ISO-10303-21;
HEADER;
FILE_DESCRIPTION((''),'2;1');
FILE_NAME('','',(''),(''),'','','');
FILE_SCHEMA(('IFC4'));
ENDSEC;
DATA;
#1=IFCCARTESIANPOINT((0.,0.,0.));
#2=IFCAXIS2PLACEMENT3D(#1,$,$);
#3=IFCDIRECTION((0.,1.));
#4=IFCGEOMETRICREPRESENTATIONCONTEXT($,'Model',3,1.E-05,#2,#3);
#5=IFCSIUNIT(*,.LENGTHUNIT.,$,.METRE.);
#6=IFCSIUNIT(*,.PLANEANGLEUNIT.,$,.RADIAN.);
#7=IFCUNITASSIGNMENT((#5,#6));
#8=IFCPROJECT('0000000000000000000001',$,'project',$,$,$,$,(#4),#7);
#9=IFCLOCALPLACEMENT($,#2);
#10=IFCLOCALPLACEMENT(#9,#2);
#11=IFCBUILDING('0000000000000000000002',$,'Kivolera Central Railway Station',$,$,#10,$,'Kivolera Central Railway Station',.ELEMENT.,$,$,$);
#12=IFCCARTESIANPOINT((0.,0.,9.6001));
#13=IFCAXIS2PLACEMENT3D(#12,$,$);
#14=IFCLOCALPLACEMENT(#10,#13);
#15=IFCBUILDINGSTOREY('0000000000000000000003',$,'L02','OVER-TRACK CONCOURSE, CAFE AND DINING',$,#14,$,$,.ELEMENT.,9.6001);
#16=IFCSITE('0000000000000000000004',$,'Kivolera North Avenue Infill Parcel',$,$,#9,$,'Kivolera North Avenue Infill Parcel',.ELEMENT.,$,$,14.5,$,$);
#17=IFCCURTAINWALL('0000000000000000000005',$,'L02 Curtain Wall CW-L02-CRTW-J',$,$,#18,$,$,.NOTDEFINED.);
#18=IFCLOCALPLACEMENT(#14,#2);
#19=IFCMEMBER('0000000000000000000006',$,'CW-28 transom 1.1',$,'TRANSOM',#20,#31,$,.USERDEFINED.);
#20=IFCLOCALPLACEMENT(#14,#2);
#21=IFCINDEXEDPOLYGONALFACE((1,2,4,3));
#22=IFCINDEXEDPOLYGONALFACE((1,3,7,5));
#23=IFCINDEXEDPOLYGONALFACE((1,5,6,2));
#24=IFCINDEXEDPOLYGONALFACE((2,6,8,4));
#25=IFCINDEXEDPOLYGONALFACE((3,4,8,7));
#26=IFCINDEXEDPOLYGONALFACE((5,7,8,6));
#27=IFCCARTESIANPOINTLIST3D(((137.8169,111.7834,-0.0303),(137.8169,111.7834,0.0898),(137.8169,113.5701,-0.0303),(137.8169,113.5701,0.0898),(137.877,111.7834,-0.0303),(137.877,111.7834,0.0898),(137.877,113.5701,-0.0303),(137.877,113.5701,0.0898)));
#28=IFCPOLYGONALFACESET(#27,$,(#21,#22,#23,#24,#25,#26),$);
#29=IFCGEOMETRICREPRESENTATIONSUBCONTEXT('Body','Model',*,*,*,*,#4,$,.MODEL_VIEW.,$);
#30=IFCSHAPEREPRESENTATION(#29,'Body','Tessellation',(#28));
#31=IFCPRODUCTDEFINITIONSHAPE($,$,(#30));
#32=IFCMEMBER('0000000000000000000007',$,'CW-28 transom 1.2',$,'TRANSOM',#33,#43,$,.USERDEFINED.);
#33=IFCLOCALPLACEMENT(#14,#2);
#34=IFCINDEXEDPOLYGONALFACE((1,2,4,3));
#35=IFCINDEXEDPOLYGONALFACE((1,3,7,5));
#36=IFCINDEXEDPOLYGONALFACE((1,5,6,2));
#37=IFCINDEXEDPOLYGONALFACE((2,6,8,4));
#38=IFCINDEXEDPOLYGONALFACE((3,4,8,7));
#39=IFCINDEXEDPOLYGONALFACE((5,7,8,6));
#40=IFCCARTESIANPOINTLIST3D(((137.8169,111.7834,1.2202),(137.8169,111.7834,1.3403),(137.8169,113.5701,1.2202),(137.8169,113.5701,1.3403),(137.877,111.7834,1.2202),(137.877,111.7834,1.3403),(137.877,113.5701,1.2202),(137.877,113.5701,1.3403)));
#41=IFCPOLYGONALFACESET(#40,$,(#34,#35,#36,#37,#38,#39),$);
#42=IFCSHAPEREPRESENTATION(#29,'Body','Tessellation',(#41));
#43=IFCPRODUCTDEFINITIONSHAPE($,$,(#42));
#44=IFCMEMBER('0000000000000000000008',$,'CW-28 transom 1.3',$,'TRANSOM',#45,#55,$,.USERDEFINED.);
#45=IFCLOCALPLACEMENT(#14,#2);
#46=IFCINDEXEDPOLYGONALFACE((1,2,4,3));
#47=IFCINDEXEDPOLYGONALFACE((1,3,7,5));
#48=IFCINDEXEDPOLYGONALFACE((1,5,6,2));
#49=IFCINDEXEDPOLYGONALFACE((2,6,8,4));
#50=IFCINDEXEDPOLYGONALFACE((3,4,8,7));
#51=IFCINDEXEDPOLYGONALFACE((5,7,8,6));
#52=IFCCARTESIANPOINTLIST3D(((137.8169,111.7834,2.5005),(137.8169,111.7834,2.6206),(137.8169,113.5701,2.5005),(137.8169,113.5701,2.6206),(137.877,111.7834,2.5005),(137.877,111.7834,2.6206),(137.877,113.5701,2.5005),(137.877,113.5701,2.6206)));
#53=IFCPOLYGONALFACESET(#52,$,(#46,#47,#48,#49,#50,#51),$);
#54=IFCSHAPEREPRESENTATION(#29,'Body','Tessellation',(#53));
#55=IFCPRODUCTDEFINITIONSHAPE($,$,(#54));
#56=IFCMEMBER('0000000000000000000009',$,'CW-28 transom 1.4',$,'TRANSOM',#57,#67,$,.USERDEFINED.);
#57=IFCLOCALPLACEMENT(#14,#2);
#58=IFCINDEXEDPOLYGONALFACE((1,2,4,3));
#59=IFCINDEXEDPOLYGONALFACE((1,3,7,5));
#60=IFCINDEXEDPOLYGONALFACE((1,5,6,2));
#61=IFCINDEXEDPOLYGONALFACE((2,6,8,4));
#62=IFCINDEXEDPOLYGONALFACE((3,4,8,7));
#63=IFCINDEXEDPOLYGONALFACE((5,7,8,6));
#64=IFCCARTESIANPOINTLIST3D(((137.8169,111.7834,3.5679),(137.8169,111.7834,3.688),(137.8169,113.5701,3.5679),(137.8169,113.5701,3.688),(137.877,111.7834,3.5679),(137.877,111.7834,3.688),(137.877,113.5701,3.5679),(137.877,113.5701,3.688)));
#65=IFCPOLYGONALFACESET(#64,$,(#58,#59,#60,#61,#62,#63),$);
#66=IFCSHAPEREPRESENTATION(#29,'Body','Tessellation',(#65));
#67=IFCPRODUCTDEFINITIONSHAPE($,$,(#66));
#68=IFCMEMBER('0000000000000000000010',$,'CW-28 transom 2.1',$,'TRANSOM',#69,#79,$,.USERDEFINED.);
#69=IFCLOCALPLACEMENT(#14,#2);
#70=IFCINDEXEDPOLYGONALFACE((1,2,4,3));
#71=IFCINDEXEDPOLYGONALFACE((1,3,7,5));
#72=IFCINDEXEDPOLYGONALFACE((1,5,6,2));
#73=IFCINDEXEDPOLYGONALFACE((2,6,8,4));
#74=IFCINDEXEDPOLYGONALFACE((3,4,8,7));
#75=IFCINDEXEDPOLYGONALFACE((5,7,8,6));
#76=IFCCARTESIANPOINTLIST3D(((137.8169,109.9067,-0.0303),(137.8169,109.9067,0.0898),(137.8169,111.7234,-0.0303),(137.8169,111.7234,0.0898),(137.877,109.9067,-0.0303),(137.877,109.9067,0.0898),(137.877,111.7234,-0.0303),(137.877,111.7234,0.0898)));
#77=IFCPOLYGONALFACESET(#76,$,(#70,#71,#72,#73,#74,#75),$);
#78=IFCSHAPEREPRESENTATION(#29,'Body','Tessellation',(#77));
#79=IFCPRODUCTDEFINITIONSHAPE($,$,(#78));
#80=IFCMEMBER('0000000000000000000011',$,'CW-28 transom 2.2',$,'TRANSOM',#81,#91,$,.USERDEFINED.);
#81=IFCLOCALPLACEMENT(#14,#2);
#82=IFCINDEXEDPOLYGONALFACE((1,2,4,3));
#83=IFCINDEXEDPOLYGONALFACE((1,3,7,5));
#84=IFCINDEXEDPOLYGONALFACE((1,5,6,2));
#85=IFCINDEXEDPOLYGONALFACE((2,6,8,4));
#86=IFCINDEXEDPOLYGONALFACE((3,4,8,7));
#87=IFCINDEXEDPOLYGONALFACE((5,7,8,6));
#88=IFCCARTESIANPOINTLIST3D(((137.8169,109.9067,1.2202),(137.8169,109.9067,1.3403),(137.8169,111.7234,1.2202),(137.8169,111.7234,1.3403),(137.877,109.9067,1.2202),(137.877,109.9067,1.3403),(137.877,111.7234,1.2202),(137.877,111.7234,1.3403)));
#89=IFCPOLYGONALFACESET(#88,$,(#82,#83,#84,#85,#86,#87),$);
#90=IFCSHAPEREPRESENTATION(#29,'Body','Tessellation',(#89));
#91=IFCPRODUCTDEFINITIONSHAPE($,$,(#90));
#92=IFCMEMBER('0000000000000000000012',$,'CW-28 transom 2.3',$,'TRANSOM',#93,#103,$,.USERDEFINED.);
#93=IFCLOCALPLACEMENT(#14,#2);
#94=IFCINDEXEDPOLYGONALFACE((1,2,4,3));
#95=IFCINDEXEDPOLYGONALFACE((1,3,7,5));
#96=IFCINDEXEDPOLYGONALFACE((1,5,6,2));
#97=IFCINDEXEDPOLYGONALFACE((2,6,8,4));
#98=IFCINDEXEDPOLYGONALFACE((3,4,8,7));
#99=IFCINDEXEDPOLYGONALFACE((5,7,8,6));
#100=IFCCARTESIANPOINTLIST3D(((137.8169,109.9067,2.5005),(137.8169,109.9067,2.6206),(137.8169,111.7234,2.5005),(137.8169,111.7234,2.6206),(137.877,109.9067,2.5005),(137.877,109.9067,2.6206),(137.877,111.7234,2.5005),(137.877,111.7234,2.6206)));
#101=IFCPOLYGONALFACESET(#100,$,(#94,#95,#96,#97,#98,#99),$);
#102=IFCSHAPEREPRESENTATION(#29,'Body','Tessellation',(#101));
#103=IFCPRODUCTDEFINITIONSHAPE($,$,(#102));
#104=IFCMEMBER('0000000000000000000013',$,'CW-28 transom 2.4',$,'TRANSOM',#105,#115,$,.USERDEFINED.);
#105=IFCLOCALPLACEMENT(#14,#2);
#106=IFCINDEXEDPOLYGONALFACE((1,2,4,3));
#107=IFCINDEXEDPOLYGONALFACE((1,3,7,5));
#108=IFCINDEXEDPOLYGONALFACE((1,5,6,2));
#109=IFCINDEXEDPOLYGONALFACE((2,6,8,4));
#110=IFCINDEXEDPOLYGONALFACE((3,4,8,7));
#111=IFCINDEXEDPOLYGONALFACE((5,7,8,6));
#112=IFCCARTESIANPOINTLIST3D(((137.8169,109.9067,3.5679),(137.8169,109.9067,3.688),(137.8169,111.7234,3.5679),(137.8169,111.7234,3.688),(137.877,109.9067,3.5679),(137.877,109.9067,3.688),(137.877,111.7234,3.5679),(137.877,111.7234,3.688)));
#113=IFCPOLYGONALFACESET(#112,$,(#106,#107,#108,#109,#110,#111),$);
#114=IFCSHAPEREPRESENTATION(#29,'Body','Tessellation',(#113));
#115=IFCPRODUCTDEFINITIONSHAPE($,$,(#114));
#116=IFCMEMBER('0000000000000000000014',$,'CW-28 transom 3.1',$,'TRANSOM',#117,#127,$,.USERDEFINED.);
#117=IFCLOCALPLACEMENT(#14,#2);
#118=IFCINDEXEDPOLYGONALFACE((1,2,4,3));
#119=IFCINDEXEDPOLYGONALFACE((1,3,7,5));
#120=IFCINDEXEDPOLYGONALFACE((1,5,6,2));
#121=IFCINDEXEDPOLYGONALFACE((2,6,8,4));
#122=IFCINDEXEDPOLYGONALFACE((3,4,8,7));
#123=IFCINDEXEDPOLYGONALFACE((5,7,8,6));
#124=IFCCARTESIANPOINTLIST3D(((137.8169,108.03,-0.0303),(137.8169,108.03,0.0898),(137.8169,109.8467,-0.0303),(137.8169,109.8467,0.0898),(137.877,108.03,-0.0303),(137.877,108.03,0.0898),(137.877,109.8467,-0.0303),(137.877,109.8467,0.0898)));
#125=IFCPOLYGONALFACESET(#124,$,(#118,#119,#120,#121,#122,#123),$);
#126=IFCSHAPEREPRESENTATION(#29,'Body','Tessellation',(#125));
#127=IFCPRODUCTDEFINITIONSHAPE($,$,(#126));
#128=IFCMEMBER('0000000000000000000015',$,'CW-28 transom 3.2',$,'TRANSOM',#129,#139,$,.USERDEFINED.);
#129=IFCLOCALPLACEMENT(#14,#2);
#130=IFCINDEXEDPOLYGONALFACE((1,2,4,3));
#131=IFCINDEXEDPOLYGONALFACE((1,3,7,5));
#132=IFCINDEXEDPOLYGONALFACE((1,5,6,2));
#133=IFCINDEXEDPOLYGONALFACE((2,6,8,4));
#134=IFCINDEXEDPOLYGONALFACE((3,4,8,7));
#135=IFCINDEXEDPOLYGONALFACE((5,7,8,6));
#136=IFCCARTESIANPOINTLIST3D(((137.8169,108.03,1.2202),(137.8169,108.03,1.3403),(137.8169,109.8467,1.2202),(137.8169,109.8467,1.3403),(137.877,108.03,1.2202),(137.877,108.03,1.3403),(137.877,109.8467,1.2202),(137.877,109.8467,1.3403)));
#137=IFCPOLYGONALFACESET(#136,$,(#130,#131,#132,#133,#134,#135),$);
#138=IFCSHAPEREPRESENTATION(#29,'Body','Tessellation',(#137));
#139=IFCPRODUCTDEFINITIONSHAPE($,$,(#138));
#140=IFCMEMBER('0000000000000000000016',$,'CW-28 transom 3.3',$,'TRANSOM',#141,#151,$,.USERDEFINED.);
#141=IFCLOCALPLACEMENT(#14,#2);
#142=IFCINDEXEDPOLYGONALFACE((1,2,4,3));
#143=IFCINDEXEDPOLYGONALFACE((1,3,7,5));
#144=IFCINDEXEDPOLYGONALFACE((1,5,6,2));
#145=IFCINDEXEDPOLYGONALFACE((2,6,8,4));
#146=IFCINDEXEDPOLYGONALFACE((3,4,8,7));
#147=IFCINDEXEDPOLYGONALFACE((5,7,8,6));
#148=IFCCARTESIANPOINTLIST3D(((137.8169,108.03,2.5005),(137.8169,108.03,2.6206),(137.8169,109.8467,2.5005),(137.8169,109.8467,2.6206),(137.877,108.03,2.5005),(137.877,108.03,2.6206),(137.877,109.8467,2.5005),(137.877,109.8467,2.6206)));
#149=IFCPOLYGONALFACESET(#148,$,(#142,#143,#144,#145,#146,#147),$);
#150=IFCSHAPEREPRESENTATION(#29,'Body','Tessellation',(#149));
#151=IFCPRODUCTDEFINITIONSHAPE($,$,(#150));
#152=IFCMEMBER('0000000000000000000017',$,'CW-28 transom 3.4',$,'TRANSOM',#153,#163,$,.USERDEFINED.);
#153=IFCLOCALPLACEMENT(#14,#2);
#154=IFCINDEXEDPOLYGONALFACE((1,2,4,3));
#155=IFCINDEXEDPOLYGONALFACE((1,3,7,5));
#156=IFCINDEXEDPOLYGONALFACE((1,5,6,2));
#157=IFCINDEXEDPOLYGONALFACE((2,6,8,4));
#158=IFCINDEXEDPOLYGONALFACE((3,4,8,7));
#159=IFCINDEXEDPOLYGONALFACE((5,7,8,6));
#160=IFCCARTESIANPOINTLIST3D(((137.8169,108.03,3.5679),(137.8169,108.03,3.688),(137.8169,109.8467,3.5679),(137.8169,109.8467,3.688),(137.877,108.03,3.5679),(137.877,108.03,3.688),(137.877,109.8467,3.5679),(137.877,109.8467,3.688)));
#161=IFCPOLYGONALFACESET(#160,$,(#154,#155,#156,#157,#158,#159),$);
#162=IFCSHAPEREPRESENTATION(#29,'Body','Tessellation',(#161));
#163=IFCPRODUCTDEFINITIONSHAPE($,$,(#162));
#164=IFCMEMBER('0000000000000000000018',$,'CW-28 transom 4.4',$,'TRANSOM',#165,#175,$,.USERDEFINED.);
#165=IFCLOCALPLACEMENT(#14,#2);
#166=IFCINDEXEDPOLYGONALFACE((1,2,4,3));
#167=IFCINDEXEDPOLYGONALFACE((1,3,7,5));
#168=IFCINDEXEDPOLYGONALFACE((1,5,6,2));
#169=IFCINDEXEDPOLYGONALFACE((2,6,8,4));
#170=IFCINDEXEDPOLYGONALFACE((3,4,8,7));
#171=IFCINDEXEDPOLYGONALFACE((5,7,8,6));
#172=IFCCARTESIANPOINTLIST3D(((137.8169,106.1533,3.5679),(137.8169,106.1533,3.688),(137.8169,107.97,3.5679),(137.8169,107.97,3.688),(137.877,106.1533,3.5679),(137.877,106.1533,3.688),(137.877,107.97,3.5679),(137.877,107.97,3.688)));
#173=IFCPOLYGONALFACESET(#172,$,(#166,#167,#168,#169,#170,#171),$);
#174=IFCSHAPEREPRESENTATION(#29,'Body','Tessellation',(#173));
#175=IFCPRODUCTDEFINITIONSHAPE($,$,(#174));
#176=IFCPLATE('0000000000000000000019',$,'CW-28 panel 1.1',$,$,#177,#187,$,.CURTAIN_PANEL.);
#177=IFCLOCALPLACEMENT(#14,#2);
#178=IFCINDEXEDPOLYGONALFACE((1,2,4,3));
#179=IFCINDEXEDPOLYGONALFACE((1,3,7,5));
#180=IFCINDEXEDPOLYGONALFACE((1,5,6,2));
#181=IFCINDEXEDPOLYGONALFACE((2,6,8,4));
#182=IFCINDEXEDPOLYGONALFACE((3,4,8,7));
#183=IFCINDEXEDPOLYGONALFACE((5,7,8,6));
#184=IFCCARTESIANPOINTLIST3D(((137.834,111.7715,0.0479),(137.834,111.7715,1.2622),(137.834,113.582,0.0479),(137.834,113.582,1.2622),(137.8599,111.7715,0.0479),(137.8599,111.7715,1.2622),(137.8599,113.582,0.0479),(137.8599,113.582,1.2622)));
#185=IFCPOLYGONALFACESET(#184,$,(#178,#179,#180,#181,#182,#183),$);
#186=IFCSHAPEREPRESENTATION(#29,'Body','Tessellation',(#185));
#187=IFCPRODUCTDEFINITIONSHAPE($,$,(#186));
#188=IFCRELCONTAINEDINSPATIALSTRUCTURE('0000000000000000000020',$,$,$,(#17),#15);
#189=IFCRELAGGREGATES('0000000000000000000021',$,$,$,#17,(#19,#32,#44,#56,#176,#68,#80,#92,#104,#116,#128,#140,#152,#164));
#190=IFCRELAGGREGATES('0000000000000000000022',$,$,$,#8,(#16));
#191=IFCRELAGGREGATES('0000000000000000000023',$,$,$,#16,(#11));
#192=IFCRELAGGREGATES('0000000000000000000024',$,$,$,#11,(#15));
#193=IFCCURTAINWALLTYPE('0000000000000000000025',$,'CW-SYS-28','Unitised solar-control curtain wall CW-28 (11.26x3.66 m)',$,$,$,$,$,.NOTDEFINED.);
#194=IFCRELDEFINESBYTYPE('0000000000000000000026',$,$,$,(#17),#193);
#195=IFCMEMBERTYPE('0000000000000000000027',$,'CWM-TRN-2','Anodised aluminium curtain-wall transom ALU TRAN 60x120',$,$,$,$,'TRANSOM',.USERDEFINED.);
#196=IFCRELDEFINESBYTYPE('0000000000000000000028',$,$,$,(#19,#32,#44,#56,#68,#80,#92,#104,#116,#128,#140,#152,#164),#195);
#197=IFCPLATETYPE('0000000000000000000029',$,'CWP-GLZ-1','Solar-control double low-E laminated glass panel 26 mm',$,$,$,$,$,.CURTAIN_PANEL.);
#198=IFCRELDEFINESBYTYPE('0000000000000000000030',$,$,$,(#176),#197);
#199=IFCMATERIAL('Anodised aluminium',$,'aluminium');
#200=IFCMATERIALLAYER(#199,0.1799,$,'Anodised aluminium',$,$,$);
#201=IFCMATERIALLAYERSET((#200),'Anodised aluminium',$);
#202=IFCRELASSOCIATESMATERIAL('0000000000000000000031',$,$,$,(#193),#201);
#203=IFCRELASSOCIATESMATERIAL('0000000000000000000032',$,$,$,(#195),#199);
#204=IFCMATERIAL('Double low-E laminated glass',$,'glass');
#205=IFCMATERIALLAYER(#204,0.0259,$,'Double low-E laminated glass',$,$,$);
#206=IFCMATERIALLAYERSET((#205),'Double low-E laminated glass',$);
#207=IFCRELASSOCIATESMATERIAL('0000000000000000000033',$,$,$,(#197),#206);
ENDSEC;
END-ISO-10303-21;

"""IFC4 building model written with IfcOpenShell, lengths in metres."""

from ifc_helpers import new_model, si_unit, direction, frame, origin, origin_2d, place, context, subcontext, project, spatial, rectangle, extrude, material, layer, layer_set, material_profile, profile_set, type_object, element, aggregate, save


model = new_model("IFC4")

# Units and contexts
model_context = context("Model", 3, precision=1e-05, world=origin(), true_north=direction((0.0, 1.0)))
body_context = subcontext(model_context, "Body", "Model", "MODEL_VIEW")
ifc_project = project(units=[si_unit("LENGTHUNIT", "METRE"), si_unit("PLANEANGLEUNIT", "RADIAN")], contexts=[model_context])

# Site, building, storey
site_placement = place(None, origin())
site = spatial("IfcSite", under=ifc_project, at=site_placement, Name="Kivolera North Avenue Infill Parcel", LongName="Kivolera North Avenue Infill Parcel", CompositionType="ELEMENT", RefElevation=14.5)
building_placement = place(site_placement, origin())
building = spatial("IfcBuilding", under=site, at=building_placement, Name="Kivolera Central Railway Station", LongName="Kivolera Central Railway Station", CompositionType="ELEMENT")
storey_placement = place(building_placement, frame((0.0, 0.0, 9.6001)))
storey = spatial("IfcBuildingStorey", under=building, at=storey_placement, Name="L02", Description="OVER-TRACK CONCOURSE, CAFE AND DINING", CompositionType="ELEMENT", Elevation=9.6001)

# Shared definitions
ifc_material_1 = material(Name="Anodised aluminium", Category="aluminium")

# Curtain wall, members, plate
ifc_layer_1 = layer(ifc_material_1, 0.1799, Name="Anodised aluminium")
ifc_layer_set_1 = layer_set([ifc_layer_1], Name="Anodised aluminium")
curtain_wall_type_1 = type_object("IfcCurtainWallType", Name="CW-SYS-28", Description="Unitised solar-control curtain wall CW-28 (11.26x3.66 m)", PredefinedType="NOTDEFINED", material=ifc_layer_set_1)
curtain_wall_1_placement = place(storey_placement, origin())
curtain_wall_1 = element("IfcCurtainWall", 1, at=curtain_wall_1_placement, inside=storey, type_object=curtain_wall_type_1, Name="L02 Curtain Wall CW-L02-CRTW-J", PredefinedType="NOTDEFINED")
ifc_material_profile_1 = material_profile(ifc_material_1, rectangle(XDim=0.0601, YDim=0.1201, at=origin_2d()), Name="ALU TRAN 60x120")
ifc_profile_set_1 = profile_set([ifc_material_profile_1], Name="Anodised aluminium")
member_type_1 = type_object("IfcMemberType", Name="CWM-TRN-2", Description="Anodised aluminium curtain-wall transom ALU TRAN 60x120", ElementType="TRANSOM", PredefinedType="USERDEFINED", material=ifc_profile_set_1)
member_1_placement = place(storey_placement, frame((137.8469, 113.5701, 0.0298), z_axis=(0.0, -1.0, 0.0), x_axis=(1.0, 0.0, 0.0)))
member_1 = element("IfcMember", 2, at=member_1_placement, type_object=member_type_1, Name="CW-28 transom 1.1", ObjectType="TRANSOM", PredefinedType="USERDEFINED", context=body_context, shape_type="SweptSolid", body=[
    extrude(rectangle(XDim=0.0601, YDim=0.1201, at=origin_2d()), origin(), (0.0, 0.0, 1.0), 1.7866),
])
member_2_placement = place(storey_placement, frame((137.8469, 113.5701, 1.2803), z_axis=(0.0, -1.0, 0.0), x_axis=(1.0, 0.0, 0.0)))
member_2 = element("IfcMember", 3, at=member_2_placement, type_object=member_type_1, Name="CW-28 transom 1.2", ObjectType="TRANSOM", PredefinedType="USERDEFINED", context=body_context, shape_type="SweptSolid", body=[
    extrude(rectangle(XDim=0.0601, YDim=0.1201, at=origin_2d()), origin(), (0.0, 0.0, 1.0), 1.7866),
])
member_3_placement = place(storey_placement, frame((137.8469, 113.5701, 2.5605), z_axis=(0.0, -1.0, 0.0), x_axis=(1.0, 0.0, 0.0)))
member_3 = element("IfcMember", 4, at=member_3_placement, type_object=member_type_1, Name="CW-28 transom 1.3", ObjectType="TRANSOM", PredefinedType="USERDEFINED", context=body_context, shape_type="SweptSolid", body=[
    extrude(rectangle(XDim=0.0601, YDim=0.1201, at=origin_2d()), origin(), (0.0, 0.0, 1.0), 1.7866),
])
member_4_placement = place(storey_placement, frame((137.8469, 113.5701, 3.6279), z_axis=(0.0, -1.0, 0.0), x_axis=(1.0, 0.0, 0.0)))
member_4 = element("IfcMember", 5, at=member_4_placement, type_object=member_type_1, Name="CW-28 transom 1.4", ObjectType="TRANSOM", PredefinedType="USERDEFINED", context=body_context, shape_type="SweptSolid", body=[
    extrude(rectangle(XDim=0.0601, YDim=0.1201, at=origin_2d()), origin(), (0.0, 0.0, 1.0), 1.7866),
])
member_5_placement = place(storey_placement, frame((137.8469, 111.7234, 0.0298), z_axis=(0.0, -1.0, 0.0), x_axis=(1.0, 0.0, 0.0)))
member_5 = element("IfcMember", 6, at=member_5_placement, type_object=member_type_1, Name="CW-28 transom 2.1", ObjectType="TRANSOM", PredefinedType="USERDEFINED", context=body_context, shape_type="SweptSolid", body=[
    extrude(rectangle(XDim=0.0601, YDim=0.1201, at=origin_2d()), origin(), (0.0, 0.0, 1.0), 1.8167),
])
member_6_placement = place(storey_placement, frame((137.8469, 111.7234, 1.2803), z_axis=(0.0, -1.0, 0.0), x_axis=(1.0, 0.0, 0.0)))
member_6 = element("IfcMember", 7, at=member_6_placement, type_object=member_type_1, Name="CW-28 transom 2.2", ObjectType="TRANSOM", PredefinedType="USERDEFINED", context=body_context, shape_type="SweptSolid", body=[
    extrude(rectangle(XDim=0.0601, YDim=0.1201, at=origin_2d()), origin(), (0.0, 0.0, 1.0), 1.8167),
])
member_7_placement = place(storey_placement, frame((137.8469, 111.7234, 2.5605), z_axis=(0.0, -1.0, 0.0), x_axis=(1.0, 0.0, 0.0)))
member_7 = element("IfcMember", 8, at=member_7_placement, type_object=member_type_1, Name="CW-28 transom 2.3", ObjectType="TRANSOM", PredefinedType="USERDEFINED", context=body_context, shape_type="SweptSolid", body=[
    extrude(rectangle(XDim=0.0601, YDim=0.1201, at=origin_2d()), origin(), (0.0, 0.0, 1.0), 1.8167),
])
member_8_placement = place(storey_placement, frame((137.8469, 111.7234, 3.6279), z_axis=(0.0, -1.0, 0.0), x_axis=(1.0, 0.0, 0.0)))
member_8 = element("IfcMember", 9, at=member_8_placement, type_object=member_type_1, Name="CW-28 transom 2.4", ObjectType="TRANSOM", PredefinedType="USERDEFINED", context=body_context, shape_type="SweptSolid", body=[
    extrude(rectangle(XDim=0.0601, YDim=0.1201, at=origin_2d()), origin(), (0.0, 0.0, 1.0), 1.8167),
])
member_9_placement = place(storey_placement, frame((137.8469, 109.8467, 0.0298), z_axis=(0.0, -1.0, 0.0), x_axis=(1.0, 0.0, 0.0)))
member_9 = element("IfcMember", 10, at=member_9_placement, type_object=member_type_1, Name="CW-28 transom 3.1", ObjectType="TRANSOM", PredefinedType="USERDEFINED", context=body_context, shape_type="SweptSolid", body=[
    extrude(rectangle(XDim=0.0601, YDim=0.1201, at=origin_2d()), origin(), (0.0, 0.0, 1.0), 1.8167),
])
member_10_placement = place(storey_placement, frame((137.8469, 109.8467, 1.2803), z_axis=(0.0, -1.0, 0.0), x_axis=(1.0, 0.0, 0.0)))
member_10 = element("IfcMember", 11, at=member_10_placement, type_object=member_type_1, Name="CW-28 transom 3.2", ObjectType="TRANSOM", PredefinedType="USERDEFINED", context=body_context, shape_type="SweptSolid", body=[
    extrude(rectangle(XDim=0.0601, YDim=0.1201, at=origin_2d()), origin(), (0.0, 0.0, 1.0), 1.8167),
])
member_11_placement = place(storey_placement, frame((137.8469, 109.8467, 2.5605), z_axis=(0.0, -1.0, 0.0), x_axis=(1.0, 0.0, 0.0)))
member_11 = element("IfcMember", 12, at=member_11_placement, type_object=member_type_1, Name="CW-28 transom 3.3", ObjectType="TRANSOM", PredefinedType="USERDEFINED", context=body_context, shape_type="SweptSolid", body=[
    extrude(rectangle(XDim=0.0601, YDim=0.1201, at=origin_2d()), origin(), (0.0, 0.0, 1.0), 1.8167),
])
member_12_placement = place(storey_placement, frame((137.8469, 109.8467, 3.6279), z_axis=(0.0, -1.0, 0.0), x_axis=(1.0, 0.0, 0.0)))
member_12 = element("IfcMember", 13, at=member_12_placement, type_object=member_type_1, Name="CW-28 transom 3.4", ObjectType="TRANSOM", PredefinedType="USERDEFINED", context=body_context, shape_type="SweptSolid", body=[
    extrude(rectangle(XDim=0.0601, YDim=0.1201, at=origin_2d()), origin(), (0.0, 0.0, 1.0), 1.8167),
])
member_13_placement = place(storey_placement, frame((137.8469, 107.97, 3.6279), z_axis=(0.0, -1.0, 0.0), x_axis=(1.0, 0.0, 0.0)))
member_13 = element("IfcMember", 14, at=member_13_placement, type_object=member_type_1, Name="CW-28 transom 4.4", ObjectType="TRANSOM", PredefinedType="USERDEFINED", context=body_context, shape_type="SweptSolid", body=[
    extrude(rectangle(XDim=0.0601, YDim=0.1201, at=origin_2d()), origin(), (0.0, 0.0, 1.0), 1.8167),
])
ifc_material_2 = material(Name="Double low-E laminated glass", Category="glass")
ifc_layer_2 = layer(ifc_material_2, 0.0259, Name="Double low-E laminated glass")
ifc_layer_set_2 = layer_set([ifc_layer_2], Name="Double low-E laminated glass")
plate_type = type_object("IfcPlateType", Name="CWP-GLZ-1", Description="Solar-control double low-E laminated glass panel 26 mm", PredefinedType="CURTAIN_PANEL", material=ifc_layer_set_2)
plate_1_placement = place(storey_placement, frame((137.8469, 112.6768, 0.0479), z_axis=(0.0, 0.0, 1.0), x_axis=(0.0, -1.0, 0.0)))
plate_1 = element("IfcPlate", 15, at=plate_1_placement, type_object=plate_type, Name="CW-28 panel 1.1", PredefinedType="CURTAIN_PANEL", context=body_context, shape_type="SweptSolid", body=[
    extrude(rectangle(XDim=1.8105, YDim=0.0259, at=origin_2d()), origin(), (0.0, 0.0, 1.0), 1.2144),
])
aggregate(curtain_wall_1, [member_1, member_2, member_3, member_4, plate_1, member_5, member_6, member_7, member_8, member_9, member_10, member_11, member_12, member_13])

save(model, "model.ifc")
